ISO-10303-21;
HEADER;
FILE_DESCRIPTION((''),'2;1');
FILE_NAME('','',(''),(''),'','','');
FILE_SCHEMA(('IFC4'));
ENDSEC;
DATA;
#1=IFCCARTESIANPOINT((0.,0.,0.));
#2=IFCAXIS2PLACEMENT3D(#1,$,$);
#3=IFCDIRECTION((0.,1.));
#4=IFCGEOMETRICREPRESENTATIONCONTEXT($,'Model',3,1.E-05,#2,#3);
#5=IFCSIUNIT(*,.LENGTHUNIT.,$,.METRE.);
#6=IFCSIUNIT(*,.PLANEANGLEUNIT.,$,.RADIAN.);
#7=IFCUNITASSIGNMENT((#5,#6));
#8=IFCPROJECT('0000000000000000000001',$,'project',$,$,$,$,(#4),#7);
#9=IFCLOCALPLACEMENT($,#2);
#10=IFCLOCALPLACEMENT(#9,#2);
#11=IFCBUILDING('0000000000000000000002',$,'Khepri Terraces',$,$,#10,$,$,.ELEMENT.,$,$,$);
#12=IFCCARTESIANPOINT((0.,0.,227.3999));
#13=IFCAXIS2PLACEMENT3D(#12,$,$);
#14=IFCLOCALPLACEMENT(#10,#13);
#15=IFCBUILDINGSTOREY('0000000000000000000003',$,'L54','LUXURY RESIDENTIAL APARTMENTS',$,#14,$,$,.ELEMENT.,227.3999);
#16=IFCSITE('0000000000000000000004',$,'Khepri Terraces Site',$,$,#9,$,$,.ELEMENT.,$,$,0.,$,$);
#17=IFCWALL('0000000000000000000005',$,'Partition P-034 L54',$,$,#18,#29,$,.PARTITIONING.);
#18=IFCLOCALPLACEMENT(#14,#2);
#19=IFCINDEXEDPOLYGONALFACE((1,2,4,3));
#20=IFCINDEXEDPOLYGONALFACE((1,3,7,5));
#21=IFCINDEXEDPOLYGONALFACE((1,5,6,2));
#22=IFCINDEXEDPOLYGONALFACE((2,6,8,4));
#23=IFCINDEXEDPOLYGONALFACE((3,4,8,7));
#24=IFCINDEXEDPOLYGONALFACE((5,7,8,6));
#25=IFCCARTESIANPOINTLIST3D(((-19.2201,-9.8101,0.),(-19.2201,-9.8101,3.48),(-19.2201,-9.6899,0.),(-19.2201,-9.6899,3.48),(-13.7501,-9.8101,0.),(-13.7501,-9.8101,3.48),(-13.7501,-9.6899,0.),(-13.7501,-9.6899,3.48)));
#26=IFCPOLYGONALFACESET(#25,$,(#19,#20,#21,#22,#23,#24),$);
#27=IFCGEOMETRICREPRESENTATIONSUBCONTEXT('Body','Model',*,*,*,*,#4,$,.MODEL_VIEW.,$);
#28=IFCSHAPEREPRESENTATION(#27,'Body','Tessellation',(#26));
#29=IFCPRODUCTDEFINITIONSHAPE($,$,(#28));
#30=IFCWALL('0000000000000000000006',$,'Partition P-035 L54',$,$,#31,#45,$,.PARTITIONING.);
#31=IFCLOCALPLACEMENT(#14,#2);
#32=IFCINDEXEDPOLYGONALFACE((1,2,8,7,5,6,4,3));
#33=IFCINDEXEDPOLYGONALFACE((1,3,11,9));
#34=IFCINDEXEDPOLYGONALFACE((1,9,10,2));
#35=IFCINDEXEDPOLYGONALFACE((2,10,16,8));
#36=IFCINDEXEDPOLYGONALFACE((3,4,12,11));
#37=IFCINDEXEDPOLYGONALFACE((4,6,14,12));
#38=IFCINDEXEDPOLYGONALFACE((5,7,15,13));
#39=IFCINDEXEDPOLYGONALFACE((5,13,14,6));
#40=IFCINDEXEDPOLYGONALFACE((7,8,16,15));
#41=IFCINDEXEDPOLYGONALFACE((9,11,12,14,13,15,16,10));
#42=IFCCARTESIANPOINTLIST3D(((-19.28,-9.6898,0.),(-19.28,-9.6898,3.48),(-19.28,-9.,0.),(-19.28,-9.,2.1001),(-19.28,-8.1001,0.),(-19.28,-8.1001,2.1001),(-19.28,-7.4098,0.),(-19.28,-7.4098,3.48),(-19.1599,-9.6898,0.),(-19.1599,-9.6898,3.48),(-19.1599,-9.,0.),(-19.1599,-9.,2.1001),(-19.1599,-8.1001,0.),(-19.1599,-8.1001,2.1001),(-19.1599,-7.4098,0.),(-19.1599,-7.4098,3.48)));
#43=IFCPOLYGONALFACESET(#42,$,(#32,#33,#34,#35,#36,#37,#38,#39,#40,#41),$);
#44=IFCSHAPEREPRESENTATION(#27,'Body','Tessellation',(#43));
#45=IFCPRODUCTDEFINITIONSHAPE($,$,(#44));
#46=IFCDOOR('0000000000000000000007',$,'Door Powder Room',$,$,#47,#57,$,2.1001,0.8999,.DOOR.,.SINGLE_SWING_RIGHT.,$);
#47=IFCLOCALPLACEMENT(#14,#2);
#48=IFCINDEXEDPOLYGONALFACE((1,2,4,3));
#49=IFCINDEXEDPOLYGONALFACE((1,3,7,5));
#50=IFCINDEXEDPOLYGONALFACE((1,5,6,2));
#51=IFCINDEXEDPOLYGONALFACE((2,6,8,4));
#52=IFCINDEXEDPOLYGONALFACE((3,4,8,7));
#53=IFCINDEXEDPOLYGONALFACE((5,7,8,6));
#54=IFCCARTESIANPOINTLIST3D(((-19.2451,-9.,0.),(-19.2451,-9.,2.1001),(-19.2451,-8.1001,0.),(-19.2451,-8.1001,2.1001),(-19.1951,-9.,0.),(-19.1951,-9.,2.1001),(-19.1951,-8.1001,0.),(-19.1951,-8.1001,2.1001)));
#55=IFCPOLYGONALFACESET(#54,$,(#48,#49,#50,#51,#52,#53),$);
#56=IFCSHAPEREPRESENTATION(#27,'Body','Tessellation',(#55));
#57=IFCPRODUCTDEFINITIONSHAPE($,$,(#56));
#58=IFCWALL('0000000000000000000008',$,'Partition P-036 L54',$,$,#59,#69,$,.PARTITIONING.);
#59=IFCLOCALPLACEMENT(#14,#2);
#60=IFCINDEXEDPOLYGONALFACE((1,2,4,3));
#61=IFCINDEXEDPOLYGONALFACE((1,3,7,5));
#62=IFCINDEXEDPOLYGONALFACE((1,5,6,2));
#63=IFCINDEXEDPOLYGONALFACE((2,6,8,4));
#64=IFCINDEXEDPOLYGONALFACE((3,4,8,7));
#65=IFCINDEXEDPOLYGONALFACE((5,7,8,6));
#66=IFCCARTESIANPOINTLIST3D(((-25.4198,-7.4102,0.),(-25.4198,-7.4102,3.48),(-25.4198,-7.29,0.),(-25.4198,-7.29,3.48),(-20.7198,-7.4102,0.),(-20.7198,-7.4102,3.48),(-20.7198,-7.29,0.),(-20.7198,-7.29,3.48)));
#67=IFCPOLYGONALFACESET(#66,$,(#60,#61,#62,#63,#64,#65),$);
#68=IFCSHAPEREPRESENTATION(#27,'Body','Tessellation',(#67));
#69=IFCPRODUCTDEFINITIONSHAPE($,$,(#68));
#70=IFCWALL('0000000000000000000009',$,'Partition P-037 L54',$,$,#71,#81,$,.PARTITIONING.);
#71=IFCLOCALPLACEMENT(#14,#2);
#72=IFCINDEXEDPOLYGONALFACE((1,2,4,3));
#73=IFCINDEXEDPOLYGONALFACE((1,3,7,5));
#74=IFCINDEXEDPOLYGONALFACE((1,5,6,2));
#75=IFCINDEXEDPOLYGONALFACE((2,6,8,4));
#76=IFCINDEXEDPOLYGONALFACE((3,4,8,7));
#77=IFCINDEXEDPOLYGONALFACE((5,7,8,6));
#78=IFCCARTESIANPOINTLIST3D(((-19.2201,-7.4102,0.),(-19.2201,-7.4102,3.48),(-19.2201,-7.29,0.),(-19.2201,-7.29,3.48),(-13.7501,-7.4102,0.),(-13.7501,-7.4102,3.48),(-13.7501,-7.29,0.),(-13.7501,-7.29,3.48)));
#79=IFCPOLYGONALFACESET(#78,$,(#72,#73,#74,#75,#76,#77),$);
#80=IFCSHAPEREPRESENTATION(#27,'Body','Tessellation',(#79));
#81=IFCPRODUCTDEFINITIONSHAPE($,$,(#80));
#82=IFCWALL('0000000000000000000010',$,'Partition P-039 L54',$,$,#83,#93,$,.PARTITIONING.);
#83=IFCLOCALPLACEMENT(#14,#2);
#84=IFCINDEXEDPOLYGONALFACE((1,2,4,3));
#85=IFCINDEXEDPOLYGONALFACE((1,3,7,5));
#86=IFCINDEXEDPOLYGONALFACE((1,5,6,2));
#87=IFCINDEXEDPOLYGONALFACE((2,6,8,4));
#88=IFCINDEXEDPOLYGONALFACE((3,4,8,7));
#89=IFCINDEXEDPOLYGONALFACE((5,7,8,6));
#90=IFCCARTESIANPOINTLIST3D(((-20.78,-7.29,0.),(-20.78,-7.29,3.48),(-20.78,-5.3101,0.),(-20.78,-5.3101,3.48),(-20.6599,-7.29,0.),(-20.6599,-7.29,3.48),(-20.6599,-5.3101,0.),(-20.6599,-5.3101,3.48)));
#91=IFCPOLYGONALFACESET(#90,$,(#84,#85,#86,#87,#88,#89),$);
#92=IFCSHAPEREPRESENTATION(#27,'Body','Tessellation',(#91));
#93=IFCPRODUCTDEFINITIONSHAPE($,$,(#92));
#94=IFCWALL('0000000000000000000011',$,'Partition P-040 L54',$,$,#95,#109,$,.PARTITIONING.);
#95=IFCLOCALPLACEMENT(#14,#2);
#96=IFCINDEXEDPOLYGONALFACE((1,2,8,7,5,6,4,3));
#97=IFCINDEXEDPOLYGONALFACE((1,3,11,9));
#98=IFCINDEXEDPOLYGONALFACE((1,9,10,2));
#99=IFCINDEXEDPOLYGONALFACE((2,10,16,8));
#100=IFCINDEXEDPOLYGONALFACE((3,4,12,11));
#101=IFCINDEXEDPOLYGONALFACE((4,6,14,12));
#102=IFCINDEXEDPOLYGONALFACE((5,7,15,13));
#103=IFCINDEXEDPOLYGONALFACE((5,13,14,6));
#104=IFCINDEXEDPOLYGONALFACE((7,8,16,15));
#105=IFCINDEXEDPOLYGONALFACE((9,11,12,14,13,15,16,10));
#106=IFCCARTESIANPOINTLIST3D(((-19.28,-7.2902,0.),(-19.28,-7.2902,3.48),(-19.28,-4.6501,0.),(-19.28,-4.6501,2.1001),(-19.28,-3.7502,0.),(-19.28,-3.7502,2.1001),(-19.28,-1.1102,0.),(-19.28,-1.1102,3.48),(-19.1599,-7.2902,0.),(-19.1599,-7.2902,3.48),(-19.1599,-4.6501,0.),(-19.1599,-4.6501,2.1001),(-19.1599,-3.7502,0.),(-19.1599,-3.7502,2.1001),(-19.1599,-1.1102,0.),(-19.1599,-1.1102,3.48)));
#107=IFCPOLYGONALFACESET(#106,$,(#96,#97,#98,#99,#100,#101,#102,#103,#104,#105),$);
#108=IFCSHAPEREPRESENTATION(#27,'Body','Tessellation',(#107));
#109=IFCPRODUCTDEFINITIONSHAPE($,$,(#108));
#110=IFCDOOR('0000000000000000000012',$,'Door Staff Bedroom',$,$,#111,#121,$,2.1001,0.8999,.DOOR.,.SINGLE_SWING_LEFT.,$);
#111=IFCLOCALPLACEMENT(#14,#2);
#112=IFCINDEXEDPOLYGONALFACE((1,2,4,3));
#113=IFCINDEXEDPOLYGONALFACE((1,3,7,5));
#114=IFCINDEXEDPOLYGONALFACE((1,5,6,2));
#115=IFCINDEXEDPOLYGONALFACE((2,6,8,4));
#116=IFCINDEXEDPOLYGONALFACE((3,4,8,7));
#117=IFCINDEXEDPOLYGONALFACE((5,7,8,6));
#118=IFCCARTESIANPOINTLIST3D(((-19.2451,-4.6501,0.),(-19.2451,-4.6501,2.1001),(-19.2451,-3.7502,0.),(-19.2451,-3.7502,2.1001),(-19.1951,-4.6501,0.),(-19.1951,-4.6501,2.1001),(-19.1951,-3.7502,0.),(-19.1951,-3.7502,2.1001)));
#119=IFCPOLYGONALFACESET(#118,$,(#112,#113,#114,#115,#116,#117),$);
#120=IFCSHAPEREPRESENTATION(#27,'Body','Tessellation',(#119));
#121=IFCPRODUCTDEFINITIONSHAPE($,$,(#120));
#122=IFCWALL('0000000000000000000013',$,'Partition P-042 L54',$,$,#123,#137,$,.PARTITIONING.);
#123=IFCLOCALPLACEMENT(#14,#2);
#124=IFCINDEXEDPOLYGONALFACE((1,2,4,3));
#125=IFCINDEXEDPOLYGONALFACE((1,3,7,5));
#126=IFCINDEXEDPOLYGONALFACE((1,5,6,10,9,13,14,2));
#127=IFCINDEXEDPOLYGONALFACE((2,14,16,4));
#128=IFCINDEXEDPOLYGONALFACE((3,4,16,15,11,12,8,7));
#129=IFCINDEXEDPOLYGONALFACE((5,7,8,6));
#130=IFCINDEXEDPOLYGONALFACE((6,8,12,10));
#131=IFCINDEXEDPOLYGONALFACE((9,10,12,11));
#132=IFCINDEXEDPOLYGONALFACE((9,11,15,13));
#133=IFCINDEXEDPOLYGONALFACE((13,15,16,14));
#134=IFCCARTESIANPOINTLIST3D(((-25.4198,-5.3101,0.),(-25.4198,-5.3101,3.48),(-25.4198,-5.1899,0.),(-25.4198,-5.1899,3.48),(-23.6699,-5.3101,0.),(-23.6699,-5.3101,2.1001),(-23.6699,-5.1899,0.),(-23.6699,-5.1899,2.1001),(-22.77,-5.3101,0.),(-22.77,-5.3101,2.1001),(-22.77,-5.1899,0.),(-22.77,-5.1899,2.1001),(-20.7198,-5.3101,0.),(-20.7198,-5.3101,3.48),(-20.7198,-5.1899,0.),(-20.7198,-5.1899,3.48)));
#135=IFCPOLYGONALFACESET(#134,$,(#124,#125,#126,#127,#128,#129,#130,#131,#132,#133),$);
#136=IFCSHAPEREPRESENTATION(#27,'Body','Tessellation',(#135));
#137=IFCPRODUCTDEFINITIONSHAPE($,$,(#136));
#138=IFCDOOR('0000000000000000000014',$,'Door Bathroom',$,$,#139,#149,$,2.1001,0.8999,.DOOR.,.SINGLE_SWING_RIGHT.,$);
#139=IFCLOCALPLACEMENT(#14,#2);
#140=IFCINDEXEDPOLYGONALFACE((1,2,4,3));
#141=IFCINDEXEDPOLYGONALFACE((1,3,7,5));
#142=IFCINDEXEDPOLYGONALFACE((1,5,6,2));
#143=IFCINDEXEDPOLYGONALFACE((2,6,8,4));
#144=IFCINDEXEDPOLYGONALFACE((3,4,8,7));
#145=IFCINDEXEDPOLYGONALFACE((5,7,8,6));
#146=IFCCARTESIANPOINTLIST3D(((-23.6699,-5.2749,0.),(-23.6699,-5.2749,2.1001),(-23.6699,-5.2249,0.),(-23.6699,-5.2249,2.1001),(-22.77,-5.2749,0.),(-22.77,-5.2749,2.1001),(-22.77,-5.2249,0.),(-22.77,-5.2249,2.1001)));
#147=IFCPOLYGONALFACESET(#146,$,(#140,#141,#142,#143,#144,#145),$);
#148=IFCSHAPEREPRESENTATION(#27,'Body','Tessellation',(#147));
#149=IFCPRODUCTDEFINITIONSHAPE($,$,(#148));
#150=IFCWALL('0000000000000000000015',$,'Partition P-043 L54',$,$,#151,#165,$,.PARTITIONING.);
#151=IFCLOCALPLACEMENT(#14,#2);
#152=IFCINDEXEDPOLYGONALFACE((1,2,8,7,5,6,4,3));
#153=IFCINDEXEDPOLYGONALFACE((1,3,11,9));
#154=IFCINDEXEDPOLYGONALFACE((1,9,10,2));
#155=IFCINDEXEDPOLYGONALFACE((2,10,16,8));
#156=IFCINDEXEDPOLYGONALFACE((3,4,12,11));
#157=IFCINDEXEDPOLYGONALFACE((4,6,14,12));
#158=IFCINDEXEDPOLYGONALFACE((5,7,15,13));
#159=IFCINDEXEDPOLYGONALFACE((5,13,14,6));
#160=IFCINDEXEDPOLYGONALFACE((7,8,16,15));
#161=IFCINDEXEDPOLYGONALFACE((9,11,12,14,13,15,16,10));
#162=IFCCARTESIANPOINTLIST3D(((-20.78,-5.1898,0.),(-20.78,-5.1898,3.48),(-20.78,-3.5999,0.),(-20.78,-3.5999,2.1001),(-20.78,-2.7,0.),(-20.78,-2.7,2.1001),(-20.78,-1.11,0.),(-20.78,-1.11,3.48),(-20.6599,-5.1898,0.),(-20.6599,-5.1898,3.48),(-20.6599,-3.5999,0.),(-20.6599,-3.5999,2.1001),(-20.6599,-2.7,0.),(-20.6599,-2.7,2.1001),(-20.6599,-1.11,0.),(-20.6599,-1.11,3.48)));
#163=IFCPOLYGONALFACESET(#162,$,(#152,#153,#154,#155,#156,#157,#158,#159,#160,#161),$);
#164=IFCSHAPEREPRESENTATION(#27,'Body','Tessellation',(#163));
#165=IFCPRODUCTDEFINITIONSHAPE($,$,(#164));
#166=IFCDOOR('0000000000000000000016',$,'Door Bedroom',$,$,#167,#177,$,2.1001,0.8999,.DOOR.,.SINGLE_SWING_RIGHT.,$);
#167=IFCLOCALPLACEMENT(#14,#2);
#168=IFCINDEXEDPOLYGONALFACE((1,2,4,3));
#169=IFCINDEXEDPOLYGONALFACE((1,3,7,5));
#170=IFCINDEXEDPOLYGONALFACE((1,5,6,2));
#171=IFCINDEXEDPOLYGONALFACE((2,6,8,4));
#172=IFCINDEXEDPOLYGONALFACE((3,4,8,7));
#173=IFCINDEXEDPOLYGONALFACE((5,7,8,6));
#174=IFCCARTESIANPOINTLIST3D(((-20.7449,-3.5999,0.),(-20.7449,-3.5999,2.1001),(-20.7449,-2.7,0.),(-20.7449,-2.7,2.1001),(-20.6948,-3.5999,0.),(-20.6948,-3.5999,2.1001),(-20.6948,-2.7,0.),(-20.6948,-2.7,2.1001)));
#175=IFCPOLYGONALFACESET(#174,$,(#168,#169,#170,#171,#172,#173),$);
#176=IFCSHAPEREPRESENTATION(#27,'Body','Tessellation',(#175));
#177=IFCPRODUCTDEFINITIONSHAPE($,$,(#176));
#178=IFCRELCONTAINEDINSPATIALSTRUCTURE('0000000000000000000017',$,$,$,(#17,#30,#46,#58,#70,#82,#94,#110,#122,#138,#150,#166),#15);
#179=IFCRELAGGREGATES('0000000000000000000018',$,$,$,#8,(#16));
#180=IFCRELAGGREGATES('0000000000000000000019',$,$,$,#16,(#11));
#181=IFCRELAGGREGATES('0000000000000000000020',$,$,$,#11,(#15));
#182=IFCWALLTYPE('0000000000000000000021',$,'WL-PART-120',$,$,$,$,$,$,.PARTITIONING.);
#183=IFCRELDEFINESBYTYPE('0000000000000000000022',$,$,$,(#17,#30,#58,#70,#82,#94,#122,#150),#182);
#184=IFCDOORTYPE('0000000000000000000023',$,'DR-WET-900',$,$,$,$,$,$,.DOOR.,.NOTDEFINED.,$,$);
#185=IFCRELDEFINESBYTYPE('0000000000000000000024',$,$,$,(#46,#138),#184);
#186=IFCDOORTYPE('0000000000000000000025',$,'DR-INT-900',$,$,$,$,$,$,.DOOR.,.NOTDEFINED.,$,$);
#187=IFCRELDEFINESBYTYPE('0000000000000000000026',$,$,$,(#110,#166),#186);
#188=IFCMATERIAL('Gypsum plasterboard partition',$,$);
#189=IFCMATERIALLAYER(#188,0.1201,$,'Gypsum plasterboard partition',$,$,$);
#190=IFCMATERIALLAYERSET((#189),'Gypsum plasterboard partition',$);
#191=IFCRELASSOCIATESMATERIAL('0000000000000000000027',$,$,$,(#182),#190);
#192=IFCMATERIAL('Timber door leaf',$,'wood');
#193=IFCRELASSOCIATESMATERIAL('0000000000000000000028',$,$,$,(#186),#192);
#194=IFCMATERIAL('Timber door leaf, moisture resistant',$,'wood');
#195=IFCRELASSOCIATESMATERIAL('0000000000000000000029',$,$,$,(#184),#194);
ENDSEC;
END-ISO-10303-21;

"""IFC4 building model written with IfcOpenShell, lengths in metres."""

from ifc_helpers import new_model, si_unit, direction, frame, frame_2d, origin, place, context, subcontext, project, spatial, rectangle, extrude, material, layer, layer_set, type_object, element, fill, save


model = new_model("IFC4")

# Units and contexts
model_context = context("Model", 3, precision=1e-05, world=origin(), true_north=direction((0.0, 1.0)))
body_context = subcontext(model_context, "Body", "Model", "MODEL_VIEW")
ifc_project = project(units=[si_unit("LENGTHUNIT", "METRE"), si_unit("PLANEANGLEUNIT", "RADIAN")], contexts=[model_context])

# Site, building, storey
site_placement = place(None, origin())
site = spatial("IfcSite", under=ifc_project, at=site_placement, Name="Khepri Terraces Site", CompositionType="ELEMENT", RefElevation=0.0)
building_placement = place(site_placement, origin())
building = spatial("IfcBuilding", under=site, at=building_placement, Name="Khepri Terraces", CompositionType="ELEMENT")
storey_placement = place(building_placement, frame((0.0, 0.0, 227.3999)))
storey = spatial("IfcBuildingStorey", under=building, at=storey_placement, Name="L54", Description="LUXURY RESIDENTIAL APARTMENTS", CompositionType="ELEMENT", Elevation=227.3999)

# Shared definitions
ifc_material_1 = material(Name="Gypsum plasterboard partition")
ifc_layer_1 = layer(ifc_material_1, 0.1201, Name="Gypsum plasterboard partition")
ifc_layer_set_1 = layer_set([ifc_layer_1], Name="Gypsum plasterboard partition")
wall_type_1 = type_object("IfcWallType", Name="WL-PART-120", PredefinedType="PARTITIONING", material=ifc_layer_set_1)
ifc_material_2 = material(Name="Timber door leaf", Category="wood")
door_type_1 = type_object("IfcDoorType", Name="DR-INT-900", OperationType="NOTDEFINED", PredefinedType="DOOR", material=ifc_material_2)

# Wall
wall_1_placement = place(storey_placement, frame((-19.22, -9.75, 0.0), z_axis=(0.0, 0.0, 1.0), x_axis=(1.0, 0.0, 0.0)))
element("IfcWall", 1, at=wall_1_placement, inside=storey, type_object=wall_type_1, Name="Partition P-034 L54", PredefinedType="PARTITIONING", context=body_context, shape_type="SweptSolid", body=[
    extrude(rectangle(XDim=5.47, YDim=0.1201, at=frame_2d((2.7349, 0.0))), origin(), (0.0, 0.0, 1.0), 3.48),
])

# Wall, opening, door
wall_2_placement = place(storey_placement, frame((-19.22, -9.6899, 0.0), z_axis=(0.0, 0.0, 1.0), x_axis=(0.0, 1.0, 0.0)))
wall_2 = element("IfcWall", 2, at=wall_2_placement, inside=storey, type_object=wall_type_1, Name="Partition P-035 L54", PredefinedType="PARTITIONING", context=body_context, shape_type="SweptSolid", body=[
    extrude(rectangle(XDim=2.28, YDim=0.1201, at=frame_2d((1.1401, 0.0))), origin(), (0.0, 0.0, 1.0), 3.48),
])
opening_1_placement = place(wall_2_placement, frame((0.6899, 0.0, 0.0)))
opening_1 = element("IfcOpeningElement", 3, at=opening_1_placement, cuts=wall_2, PredefinedType="OPENING", context=body_context, shape_type="SweptSolid", body=[
    extrude(rectangle(XDim=0.8999, YDim=2.1001, at=frame_2d((0.45, 1.05))), frame((0.0, 0.0701, 0.0), z_axis=(0.0, -1.0, 0.0), x_axis=(1.0, 0.0, 0.0)), (0.0, 0.0, 1.0), 0.1401),
])
ifc_material_3 = material(Name="Timber door leaf, moisture resistant", Category="wood")
door_type_2 = type_object("IfcDoorType", Name="DR-WET-900", OperationType="NOTDEFINED", PredefinedType="DOOR", material=ifc_material_3)
door_1_placement = place(opening_1_placement, frame((0.8999, 0.0, 0.0), z_axis=(0.0, 0.0, 1.0), x_axis=(-1.0, 0.0, 0.0)))
door_1 = element("IfcDoor", 4, at=door_1_placement, inside=storey, type_object=door_type_2, Name="Door Powder Room", OperationType="SINGLE_SWING_RIGHT", OverallHeight=2.1001, OverallWidth=0.8999, PredefinedType="DOOR", context=body_context, shape_type="SweptSolid", body=[
    extrude(rectangle(XDim=0.8999, YDim=2.1001, at=frame_2d((0.45, 1.05))), frame((0.0, 0.0249, 0.0), z_axis=(0.0, -1.0, 0.0), x_axis=(1.0, 0.0, 0.0)), (0.0, 0.0, 1.0), 0.05),
])
fill(opening_1, door_1)

# Walls
wall_3_placement = place(storey_placement, frame((-25.4199, -7.3501, 0.0), z_axis=(0.0, 0.0, 1.0), x_axis=(1.0, 0.0, 0.0)))
element("IfcWall", 5, at=wall_3_placement, inside=storey, type_object=wall_type_1, Name="Partition P-036 L54", PredefinedType="PARTITIONING", context=body_context, shape_type="SweptSolid", body=[
    extrude(rectangle(XDim=4.7, YDim=0.1201, at=frame_2d((2.3501, 0.0))), origin(), (0.0, 0.0, 1.0), 3.48),
])
wall_4_placement = place(storey_placement, frame((-19.22, -7.3501, 0.0), z_axis=(0.0, 0.0, 1.0), x_axis=(1.0, 0.0, 0.0)))
element("IfcWall", 6, at=wall_4_placement, inside=storey, type_object=wall_type_1, Name="Partition P-037 L54", PredefinedType="PARTITIONING", context=body_context, shape_type="SweptSolid", body=[
    extrude(rectangle(XDim=5.47, YDim=0.1201, at=frame_2d((2.7349, 0.0))), origin(), (0.0, 0.0, 1.0), 3.48),
])
wall_5_placement = place(storey_placement, frame((-20.72, -7.29, 0.0), z_axis=(0.0, 0.0, 1.0), x_axis=(0.0, 1.0, 0.0)))
element("IfcWall", 7, at=wall_5_placement, inside=storey, type_object=wall_type_1, Name="Partition P-039 L54", PredefinedType="PARTITIONING", context=body_context, shape_type="SweptSolid", body=[
    extrude(rectangle(XDim=1.98, YDim=0.1201, at=frame_2d((0.99, 0.0))), origin(), (0.0, 0.0, 1.0), 3.48),
])

# Walls, openings, doors
wall_6_placement = place(storey_placement, frame((-19.22, -7.29, 0.0), z_axis=(0.0, 0.0, 1.0), x_axis=(0.0, 1.0, 0.0)))
wall_6 = element("IfcWall", 8, at=wall_6_placement, inside=storey, type_object=wall_type_1, Name="Partition P-040 L54", PredefinedType="PARTITIONING", context=body_context, shape_type="SweptSolid", body=[
    extrude(rectangle(XDim=6.1799, YDim=0.1201, at=frame_2d((3.0898, 0.0))), origin(), (0.0, 0.0, 1.0), 3.48),
])
opening_2_placement = place(wall_6_placement, frame((2.6399, 0.0, 0.0)))
opening_2 = element("IfcOpeningElement", 9, at=opening_2_placement, cuts=wall_6, PredefinedType="OPENING", context=body_context, shape_type="SweptSolid", body=[
    extrude(rectangle(XDim=0.8999, YDim=2.1001, at=frame_2d((0.45, 1.05))), frame((0.0, 0.0701, 0.0), z_axis=(0.0, -1.0, 0.0), x_axis=(1.0, 0.0, 0.0)), (0.0, 0.0, 1.0), 0.1401),
])
door_2_placement = place(opening_2_placement, frame((0.8999, 0.0, 0.0), z_axis=(0.0, 0.0, 1.0), x_axis=(-1.0, 0.0, 0.0)))
door_2 = element("IfcDoor", 10, at=door_2_placement, inside=storey, type_object=door_type_1, Name="Door Staff Bedroom", OperationType="SINGLE_SWING_LEFT", OverallHeight=2.1001, OverallWidth=0.8999, PredefinedType="DOOR", context=body_context, shape_type="SweptSolid", body=[
    extrude(rectangle(XDim=0.8999, YDim=2.1001, at=frame_2d((0.45, 1.05))), frame((0.0, 0.0249, 0.0), z_axis=(0.0, -1.0, 0.0), x_axis=(1.0, 0.0, 0.0)), (0.0, 0.0, 1.0), 0.05),
])
fill(opening_2, door_2)
wall_7_placement = place(storey_placement, frame((-25.4199, -5.25, 0.0), z_axis=(0.0, 0.0, 1.0), x_axis=(1.0, 0.0, 0.0)))
wall_7 = element("IfcWall", 11, at=wall_7_placement, inside=storey, type_object=wall_type_1, Name="Partition P-042 L54", PredefinedType="PARTITIONING", context=body_context, shape_type="SweptSolid", body=[
    extrude(rectangle(XDim=4.7, YDim=0.1201, at=frame_2d((2.3501, 0.0))), origin(), (0.0, 0.0, 1.0), 3.48),
])
opening_3_placement = place(wall_7_placement, frame((1.75, 0.0, 0.0)))
opening_3 = element("IfcOpeningElement", 12, at=opening_3_placement, cuts=wall_7, PredefinedType="OPENING", context=body_context, shape_type="SweptSolid", body=[
    extrude(rectangle(XDim=0.8999, YDim=2.1001, at=frame_2d((0.45, 1.05))), frame((0.0, 0.0701, 0.0), z_axis=(0.0, -1.0, 0.0), x_axis=(1.0, 0.0, 0.0)), (0.0, 0.0, 1.0), 0.1401),
])
door_3_placement = place(opening_3_placement, frame((0.8999, 0.0, 0.0), z_axis=(0.0, 0.0, 1.0), x_axis=(-1.0, 0.0, 0.0)))
door_3 = element("IfcDoor", 13, at=door_3_placement, inside=storey, type_object=door_type_2, Name="Door Bathroom", OperationType="SINGLE_SWING_RIGHT", OverallHeight=2.1001, OverallWidth=0.8999, PredefinedType="DOOR", context=body_context, shape_type="SweptSolid", body=[
    extrude(rectangle(XDim=0.8999, YDim=2.1001, at=frame_2d((0.45, 1.05))), frame((0.0, 0.0249, 0.0), z_axis=(0.0, -1.0, 0.0), x_axis=(1.0, 0.0, 0.0)), (0.0, 0.0, 1.0), 0.05),
])
fill(opening_3, door_3)
wall_8_placement = place(storey_placement, frame((-20.72, -5.1899, 0.0), z_axis=(0.0, 0.0, 1.0), x_axis=(0.0, 1.0, 0.0)))
wall_8 = element("IfcWall", 14, at=wall_8_placement, inside=storey, type_object=wall_type_1, Name="Partition P-043 L54", PredefinedType="PARTITIONING", context=body_context, shape_type="SweptSolid", body=[
    extrude(rectangle(XDim=4.0798, YDim=0.1201, at=frame_2d((2.04, 0.0))), origin(), (0.0, 0.0, 1.0), 3.48),
])
opening_4_placement = place(wall_8_placement, frame((1.5901, 0.0, 0.0)))
opening_4 = element("IfcOpeningElement", 15, at=opening_4_placement, cuts=wall_8, PredefinedType="OPENING", context=body_context, shape_type="SweptSolid", body=[
    extrude(rectangle(XDim=0.8999, YDim=2.1001, at=frame_2d((0.45, 1.05))), frame((0.0, 0.0701, 0.0), z_axis=(0.0, -1.0, 0.0), x_axis=(1.0, 0.0, 0.0)), (0.0, 0.0, 1.0), 0.1401),
])
door_4_placement = place(opening_4_placement, origin())
door_4 = element("IfcDoor", 16, at=door_4_placement, inside=storey, type_object=door_type_1, Name="Door Bedroom", OperationType="SINGLE_SWING_RIGHT", OverallHeight=2.1001, OverallWidth=0.8999, PredefinedType="DOOR", context=body_context, shape_type="SweptSolid", body=[
    extrude(rectangle(XDim=0.8999, YDim=2.1001, at=frame_2d((0.45, 1.05))), frame((0.0, 0.0249, 0.0), z_axis=(0.0, -1.0, 0.0), x_axis=(1.0, 0.0, 0.0)), (0.0, 0.0, 1.0), 0.05),
])
fill(opening_4, door_4)

save(model, "model.ifc")
